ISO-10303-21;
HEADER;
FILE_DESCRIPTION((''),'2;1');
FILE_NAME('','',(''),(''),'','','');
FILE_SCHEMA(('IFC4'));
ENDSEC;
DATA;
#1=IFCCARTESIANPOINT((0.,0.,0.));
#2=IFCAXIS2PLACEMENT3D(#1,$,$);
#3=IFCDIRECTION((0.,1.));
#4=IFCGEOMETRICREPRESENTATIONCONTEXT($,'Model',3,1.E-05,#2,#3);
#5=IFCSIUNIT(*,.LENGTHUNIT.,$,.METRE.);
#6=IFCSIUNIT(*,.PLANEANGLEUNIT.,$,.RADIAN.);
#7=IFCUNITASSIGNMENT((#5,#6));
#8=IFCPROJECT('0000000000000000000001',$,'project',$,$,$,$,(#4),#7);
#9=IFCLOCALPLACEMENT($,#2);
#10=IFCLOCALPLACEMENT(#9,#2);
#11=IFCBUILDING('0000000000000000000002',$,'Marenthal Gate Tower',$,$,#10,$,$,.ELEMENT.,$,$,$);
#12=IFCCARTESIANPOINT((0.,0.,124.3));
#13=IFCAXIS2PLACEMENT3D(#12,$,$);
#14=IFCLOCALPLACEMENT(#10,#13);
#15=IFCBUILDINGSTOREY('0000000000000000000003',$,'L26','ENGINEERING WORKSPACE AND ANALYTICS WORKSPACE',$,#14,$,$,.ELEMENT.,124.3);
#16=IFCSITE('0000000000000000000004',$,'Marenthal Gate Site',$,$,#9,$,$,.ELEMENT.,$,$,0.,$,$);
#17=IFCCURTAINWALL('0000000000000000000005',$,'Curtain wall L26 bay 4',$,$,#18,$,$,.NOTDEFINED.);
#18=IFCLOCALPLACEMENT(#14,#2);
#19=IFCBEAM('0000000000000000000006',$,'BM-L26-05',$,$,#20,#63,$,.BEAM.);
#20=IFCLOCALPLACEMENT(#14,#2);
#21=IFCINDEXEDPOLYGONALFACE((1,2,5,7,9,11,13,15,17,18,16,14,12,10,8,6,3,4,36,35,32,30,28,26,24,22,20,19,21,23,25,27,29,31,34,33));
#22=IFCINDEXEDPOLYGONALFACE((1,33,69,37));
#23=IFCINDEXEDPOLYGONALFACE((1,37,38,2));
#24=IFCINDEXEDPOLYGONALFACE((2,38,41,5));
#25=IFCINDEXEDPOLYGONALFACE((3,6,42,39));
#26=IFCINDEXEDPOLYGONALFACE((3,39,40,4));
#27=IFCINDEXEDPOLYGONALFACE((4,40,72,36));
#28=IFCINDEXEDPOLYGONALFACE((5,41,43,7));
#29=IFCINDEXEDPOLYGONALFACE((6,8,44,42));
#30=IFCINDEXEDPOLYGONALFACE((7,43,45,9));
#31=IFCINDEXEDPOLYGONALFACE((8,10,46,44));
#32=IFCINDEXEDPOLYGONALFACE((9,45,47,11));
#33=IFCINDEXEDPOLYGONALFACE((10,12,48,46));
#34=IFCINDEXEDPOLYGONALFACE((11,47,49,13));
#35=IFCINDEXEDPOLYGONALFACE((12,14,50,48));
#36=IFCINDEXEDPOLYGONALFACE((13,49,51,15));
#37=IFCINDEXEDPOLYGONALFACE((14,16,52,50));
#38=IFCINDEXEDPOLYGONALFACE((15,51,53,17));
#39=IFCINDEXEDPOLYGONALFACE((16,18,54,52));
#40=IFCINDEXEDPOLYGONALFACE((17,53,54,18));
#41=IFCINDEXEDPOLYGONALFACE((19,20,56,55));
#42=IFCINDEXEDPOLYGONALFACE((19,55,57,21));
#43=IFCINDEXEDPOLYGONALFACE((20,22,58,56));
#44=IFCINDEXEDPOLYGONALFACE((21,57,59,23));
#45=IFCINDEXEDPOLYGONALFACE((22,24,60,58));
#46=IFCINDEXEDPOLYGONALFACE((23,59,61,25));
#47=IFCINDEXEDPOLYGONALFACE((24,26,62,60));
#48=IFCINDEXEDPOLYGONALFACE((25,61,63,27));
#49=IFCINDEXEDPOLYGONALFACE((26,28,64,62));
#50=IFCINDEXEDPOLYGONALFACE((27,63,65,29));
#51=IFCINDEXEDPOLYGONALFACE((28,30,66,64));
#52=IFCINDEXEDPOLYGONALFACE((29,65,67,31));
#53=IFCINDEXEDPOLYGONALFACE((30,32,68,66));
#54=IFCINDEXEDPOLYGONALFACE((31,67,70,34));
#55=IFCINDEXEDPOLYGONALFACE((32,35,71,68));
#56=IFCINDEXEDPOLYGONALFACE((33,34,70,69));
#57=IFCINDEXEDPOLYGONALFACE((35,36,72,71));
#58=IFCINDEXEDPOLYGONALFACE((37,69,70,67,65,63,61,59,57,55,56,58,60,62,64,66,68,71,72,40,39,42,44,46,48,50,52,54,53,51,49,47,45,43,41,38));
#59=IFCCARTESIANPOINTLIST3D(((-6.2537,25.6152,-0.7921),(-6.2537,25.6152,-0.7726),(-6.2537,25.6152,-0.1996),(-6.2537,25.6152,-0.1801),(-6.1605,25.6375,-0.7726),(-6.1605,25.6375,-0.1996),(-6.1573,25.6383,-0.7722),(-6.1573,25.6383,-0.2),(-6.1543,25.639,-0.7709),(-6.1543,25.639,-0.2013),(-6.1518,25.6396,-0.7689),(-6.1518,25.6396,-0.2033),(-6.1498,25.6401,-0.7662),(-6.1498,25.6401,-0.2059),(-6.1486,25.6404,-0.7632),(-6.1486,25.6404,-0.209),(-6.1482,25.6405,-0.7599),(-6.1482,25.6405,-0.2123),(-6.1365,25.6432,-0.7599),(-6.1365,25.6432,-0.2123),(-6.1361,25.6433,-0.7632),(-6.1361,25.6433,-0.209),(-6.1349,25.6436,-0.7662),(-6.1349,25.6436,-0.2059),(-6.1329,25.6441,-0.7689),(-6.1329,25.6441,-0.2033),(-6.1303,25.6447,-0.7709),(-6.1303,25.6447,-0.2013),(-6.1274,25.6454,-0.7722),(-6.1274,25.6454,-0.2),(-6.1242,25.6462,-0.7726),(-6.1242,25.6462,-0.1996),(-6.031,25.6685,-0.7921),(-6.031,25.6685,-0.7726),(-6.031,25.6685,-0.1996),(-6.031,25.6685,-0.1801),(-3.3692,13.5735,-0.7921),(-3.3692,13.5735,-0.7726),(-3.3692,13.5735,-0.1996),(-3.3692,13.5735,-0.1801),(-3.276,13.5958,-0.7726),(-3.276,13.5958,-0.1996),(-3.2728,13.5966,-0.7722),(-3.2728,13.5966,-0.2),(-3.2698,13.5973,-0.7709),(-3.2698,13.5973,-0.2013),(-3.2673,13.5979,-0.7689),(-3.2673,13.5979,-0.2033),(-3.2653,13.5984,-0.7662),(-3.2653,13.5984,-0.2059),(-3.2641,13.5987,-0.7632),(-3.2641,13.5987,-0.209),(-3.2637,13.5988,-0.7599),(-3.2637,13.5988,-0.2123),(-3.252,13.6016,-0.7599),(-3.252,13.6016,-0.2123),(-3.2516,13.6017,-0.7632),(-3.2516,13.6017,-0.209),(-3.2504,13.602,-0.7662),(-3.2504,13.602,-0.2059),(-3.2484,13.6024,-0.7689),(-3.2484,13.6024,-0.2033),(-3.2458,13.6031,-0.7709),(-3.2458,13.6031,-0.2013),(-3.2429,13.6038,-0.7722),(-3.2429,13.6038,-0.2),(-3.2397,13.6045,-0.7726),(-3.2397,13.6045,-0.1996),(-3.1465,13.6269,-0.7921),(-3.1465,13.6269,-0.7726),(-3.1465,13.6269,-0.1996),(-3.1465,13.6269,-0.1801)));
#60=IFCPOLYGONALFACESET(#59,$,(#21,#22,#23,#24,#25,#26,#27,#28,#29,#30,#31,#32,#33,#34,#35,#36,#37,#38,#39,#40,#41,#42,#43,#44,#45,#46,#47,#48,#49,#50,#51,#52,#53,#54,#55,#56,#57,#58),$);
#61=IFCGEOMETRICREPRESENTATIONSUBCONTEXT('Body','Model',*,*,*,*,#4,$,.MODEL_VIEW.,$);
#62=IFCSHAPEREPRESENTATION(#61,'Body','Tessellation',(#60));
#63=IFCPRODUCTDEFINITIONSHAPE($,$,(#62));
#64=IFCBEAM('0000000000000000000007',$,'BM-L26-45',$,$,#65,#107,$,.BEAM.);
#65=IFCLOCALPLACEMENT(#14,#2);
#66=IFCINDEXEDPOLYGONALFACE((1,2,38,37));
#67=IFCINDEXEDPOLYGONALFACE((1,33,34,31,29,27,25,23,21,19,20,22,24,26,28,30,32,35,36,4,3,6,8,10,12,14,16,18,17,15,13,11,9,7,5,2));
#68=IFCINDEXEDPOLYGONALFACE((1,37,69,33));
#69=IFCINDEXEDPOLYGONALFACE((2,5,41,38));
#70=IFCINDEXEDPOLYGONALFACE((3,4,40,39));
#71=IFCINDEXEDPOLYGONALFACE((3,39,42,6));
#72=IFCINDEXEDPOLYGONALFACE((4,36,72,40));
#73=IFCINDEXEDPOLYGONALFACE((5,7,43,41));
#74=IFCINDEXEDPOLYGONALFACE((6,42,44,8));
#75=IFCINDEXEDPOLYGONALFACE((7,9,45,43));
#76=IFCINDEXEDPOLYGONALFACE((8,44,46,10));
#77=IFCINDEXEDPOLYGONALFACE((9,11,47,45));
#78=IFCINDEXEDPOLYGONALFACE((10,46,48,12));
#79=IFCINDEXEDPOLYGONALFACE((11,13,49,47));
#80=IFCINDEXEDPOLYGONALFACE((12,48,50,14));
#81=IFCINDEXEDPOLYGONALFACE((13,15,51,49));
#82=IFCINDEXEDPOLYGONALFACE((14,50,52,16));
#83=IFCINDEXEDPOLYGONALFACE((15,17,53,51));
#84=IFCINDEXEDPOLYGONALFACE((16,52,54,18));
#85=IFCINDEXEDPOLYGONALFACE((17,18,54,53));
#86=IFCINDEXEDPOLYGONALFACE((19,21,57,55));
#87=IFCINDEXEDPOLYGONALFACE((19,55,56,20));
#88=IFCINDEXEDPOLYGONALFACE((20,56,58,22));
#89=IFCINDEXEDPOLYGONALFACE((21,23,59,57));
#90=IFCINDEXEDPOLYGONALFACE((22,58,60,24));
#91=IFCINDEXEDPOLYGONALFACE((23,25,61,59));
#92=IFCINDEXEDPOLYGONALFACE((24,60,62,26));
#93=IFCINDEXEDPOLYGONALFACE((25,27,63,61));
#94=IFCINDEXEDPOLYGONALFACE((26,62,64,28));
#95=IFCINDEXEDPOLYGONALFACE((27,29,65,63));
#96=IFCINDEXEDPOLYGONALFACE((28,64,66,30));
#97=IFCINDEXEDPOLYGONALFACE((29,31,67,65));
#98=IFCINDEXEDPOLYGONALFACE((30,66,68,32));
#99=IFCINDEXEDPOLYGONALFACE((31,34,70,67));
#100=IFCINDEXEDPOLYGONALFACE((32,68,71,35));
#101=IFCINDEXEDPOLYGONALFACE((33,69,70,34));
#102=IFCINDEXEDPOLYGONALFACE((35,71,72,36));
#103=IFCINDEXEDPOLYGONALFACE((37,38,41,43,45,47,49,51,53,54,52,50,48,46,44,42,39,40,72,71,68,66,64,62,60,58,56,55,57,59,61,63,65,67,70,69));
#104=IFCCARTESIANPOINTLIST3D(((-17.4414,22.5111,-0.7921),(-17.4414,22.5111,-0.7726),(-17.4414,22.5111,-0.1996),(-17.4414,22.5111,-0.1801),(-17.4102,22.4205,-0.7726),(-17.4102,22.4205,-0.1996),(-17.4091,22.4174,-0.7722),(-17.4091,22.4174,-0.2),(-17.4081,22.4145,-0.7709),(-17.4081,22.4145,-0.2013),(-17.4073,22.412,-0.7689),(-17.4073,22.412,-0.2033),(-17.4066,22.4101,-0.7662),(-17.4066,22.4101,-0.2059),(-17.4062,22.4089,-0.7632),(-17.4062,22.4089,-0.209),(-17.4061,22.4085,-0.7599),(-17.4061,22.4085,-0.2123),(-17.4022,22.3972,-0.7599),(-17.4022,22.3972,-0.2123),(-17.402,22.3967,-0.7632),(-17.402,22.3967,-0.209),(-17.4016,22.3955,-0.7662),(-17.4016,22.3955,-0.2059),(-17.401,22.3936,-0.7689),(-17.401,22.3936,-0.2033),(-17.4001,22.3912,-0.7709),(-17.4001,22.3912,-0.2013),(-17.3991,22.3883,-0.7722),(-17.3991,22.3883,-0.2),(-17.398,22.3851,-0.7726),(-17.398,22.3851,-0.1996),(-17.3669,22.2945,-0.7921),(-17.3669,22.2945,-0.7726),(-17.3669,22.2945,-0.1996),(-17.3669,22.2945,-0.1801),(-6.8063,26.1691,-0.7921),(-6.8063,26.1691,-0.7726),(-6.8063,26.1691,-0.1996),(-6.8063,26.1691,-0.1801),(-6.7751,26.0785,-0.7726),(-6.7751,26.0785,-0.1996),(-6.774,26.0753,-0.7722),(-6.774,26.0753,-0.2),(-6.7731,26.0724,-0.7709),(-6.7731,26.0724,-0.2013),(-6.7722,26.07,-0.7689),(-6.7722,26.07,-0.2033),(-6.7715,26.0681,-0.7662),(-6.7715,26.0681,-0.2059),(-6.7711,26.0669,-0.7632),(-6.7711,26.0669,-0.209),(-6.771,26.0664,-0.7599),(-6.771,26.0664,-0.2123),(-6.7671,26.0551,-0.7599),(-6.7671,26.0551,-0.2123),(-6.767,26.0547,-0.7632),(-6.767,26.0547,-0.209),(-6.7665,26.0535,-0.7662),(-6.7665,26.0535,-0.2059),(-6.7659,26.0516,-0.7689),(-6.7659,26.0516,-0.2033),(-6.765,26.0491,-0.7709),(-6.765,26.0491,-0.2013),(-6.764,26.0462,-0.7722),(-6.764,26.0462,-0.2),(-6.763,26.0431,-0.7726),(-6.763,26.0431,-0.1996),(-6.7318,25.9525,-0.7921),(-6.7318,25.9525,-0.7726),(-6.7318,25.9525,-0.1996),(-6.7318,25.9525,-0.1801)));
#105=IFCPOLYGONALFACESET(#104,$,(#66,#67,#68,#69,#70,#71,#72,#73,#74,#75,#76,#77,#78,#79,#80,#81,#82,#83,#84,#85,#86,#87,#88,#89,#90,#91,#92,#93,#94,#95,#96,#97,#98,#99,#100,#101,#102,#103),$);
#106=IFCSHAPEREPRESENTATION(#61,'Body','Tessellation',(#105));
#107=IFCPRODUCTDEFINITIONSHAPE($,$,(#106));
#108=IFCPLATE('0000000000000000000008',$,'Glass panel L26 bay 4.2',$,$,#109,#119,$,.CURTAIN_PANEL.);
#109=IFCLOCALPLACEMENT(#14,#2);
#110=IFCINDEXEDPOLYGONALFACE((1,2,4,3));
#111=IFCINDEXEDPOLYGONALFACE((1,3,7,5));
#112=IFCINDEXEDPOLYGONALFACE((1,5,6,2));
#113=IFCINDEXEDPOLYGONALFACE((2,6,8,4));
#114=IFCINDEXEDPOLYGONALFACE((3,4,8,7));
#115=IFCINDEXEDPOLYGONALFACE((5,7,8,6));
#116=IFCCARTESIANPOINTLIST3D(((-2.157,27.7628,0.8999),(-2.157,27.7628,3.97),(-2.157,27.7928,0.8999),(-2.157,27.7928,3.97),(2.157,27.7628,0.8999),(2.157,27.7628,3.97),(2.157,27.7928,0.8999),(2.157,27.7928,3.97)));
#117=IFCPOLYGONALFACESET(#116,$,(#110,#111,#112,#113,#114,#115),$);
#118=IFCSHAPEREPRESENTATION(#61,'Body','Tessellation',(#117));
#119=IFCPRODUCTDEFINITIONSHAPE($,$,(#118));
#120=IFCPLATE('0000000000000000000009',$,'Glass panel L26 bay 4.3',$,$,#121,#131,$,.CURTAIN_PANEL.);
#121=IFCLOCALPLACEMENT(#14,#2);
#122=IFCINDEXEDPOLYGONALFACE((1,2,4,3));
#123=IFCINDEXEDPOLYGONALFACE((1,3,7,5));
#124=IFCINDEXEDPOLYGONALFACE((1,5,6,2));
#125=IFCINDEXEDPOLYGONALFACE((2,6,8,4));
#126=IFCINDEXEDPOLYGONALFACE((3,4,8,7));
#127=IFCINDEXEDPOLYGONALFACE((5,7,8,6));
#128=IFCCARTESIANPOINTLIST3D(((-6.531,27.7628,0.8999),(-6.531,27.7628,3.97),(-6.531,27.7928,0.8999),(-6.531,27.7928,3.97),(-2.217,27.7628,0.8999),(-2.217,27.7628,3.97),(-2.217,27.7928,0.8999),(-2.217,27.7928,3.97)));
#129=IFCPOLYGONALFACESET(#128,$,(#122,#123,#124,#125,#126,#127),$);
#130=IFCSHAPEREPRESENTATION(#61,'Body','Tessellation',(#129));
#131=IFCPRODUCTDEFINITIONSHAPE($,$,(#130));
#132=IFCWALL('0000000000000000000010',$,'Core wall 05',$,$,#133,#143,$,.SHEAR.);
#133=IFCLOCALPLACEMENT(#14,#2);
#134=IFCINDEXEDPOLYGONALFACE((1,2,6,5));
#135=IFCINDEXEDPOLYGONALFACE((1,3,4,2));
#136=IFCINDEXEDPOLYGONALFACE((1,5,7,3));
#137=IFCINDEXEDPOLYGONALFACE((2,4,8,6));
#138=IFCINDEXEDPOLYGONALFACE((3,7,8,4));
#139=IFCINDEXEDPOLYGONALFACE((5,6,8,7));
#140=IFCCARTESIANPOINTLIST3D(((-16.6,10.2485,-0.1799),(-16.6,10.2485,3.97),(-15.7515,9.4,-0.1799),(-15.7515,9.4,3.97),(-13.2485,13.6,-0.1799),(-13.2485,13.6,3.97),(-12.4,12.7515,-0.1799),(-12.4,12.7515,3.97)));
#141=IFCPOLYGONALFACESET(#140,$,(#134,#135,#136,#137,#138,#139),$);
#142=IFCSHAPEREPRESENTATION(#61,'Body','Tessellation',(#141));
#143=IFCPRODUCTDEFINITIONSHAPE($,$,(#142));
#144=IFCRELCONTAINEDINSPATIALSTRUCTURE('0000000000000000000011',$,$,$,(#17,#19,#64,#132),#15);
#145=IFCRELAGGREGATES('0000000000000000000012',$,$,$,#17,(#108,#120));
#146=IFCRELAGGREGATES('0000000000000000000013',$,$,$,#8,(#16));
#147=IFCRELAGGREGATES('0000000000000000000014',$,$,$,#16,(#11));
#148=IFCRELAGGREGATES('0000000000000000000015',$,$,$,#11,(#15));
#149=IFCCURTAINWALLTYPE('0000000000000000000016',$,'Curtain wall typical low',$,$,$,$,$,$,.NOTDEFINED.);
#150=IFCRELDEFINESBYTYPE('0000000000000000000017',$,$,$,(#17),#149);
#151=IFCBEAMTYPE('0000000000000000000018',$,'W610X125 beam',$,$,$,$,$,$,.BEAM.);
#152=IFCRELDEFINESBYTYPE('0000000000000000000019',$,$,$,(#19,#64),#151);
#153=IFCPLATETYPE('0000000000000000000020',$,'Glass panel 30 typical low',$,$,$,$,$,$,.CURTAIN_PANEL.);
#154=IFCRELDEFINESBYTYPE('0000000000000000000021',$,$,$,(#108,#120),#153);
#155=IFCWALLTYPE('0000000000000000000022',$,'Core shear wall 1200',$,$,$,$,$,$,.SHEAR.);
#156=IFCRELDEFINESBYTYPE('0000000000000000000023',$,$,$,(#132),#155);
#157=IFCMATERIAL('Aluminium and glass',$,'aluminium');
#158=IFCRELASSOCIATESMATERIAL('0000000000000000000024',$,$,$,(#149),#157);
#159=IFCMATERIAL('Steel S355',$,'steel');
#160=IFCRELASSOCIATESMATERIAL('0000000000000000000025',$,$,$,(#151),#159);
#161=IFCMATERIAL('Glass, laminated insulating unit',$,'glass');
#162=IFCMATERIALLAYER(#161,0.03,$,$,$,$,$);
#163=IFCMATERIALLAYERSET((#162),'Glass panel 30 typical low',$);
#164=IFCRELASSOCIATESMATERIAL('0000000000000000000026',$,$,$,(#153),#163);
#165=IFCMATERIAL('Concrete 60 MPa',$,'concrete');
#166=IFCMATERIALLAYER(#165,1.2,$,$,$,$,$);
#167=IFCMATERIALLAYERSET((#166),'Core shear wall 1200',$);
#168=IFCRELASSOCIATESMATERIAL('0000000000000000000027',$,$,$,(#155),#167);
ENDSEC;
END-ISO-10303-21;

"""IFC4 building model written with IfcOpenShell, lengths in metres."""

from ifc_helpers import new_model, si_unit, direction, frame, frame_2d, origin, origin_2d, place, context, subcontext, project, spatial, rectangle, i_section, extrude, material, layer, layer_set, material_profile, profile_set, type_object, element, aggregate, save


model = new_model("IFC4")

# Units and contexts
model_context = context("Model", 3, precision=1e-05, world=origin(), true_north=direction((0.0, 1.0)))
body_context = subcontext(model_context, "Body", "Model", "MODEL_VIEW")
ifc_project = project(units=[si_unit("LENGTHUNIT", "METRE"), si_unit("PLANEANGLEUNIT", "RADIAN")], contexts=[model_context])

# Site, building, storey
site_placement = place(None, origin())
site = spatial("IfcSite", under=ifc_project, at=site_placement, Name="Marenthal Gate Site", CompositionType="ELEMENT", RefElevation=0.0)
building_placement = place(site_placement, origin())
building = spatial("IfcBuilding", under=site, at=building_placement, Name="Marenthal Gate Tower", CompositionType="ELEMENT")
storey_placement = place(building_placement, frame((0.0, 0.0, 124.3)))
storey = spatial("IfcBuildingStorey", under=building, at=storey_placement, Name="L26", Description="ENGINEERING WORKSPACE AND ANALYTICS WORKSPACE", CompositionType="ELEMENT", Elevation=124.3)

# Curtain wall
ifc_material_1 = material(Name="Aluminium and glass", Category="aluminium")
curtain_wall_type = type_object("IfcCurtainWallType", Name="Curtain wall typical low", PredefinedType="NOTDEFINED", material=ifc_material_1)
curtain_wall_placement = place(storey_placement, origin())
curtain_wall = element("IfcCurtainWall", 1, at=curtain_wall_placement, inside=storey, type_object=curtain_wall_type, Name="Curtain wall L26 bay 4", PredefinedType="NOTDEFINED")

# Beams
ifc_material_2 = material(Name="Steel S355", Category="steel")
ifc_material_profile_1 = material_profile(ifc_material_2, i_section(OverallWidth=0.229, OverallDepth=0.6121, WebThickness=0.012, FlangeThickness=0.0195, FilletRadius=0.0127, at=origin_2d()), Name="W610X125")
ifc_profile_set_1 = profile_set([ifc_material_profile_1], Name="Steel S355")
beam_type_1 = type_object("IfcBeamType", Name="W610X125 beam", PredefinedType="BEAM", material=ifc_profile_set_1)
beam_1_placement = place(storey_placement, frame((-6.1423, 25.6418, -0.4861), z_axis=(0.232953, -0.972488, 0.0), x_axis=(0.972488, 0.232953, 0.0)))
element("IfcBeam", 2, at=beam_1_placement, inside=storey, type_object=beam_type_1, Name="BM-L26-05", PredefinedType="BEAM", context=body_context, shape_type="SweptSolid", body=[
    extrude(i_section(OverallWidth=0.229, OverallDepth=0.6121, WebThickness=0.012, FlangeThickness=0.0195, FilletRadius=0.0127, at=origin_2d()), origin(), (0.0, 0.0, 1.0), 12.3823),
])
beam_2_placement = place(storey_placement, frame((-6.769, 26.0608, -0.4861), z_axis=(-0.945627, -0.325253, 0.0), x_axis=(0.325253, -0.945627, 0.0)))
element("IfcBeam", 3, at=beam_2_placement, inside=storey, type_object=beam_type_1, Name="BM-L26-45", PredefinedType="BEAM", context=body_context, shape_type="SweptSolid", body=[
    extrude(i_section(OverallWidth=0.229, OverallDepth=0.6121, WebThickness=0.012, FlangeThickness=0.0195, FilletRadius=0.0127, at=origin_2d()), origin(), (0.0, 0.0, 1.0), 11.2466),
])

# Plates
ifc_material_3 = material(Name="Glass, laminated insulating unit", Category="glass")
ifc_layer_1 = layer(ifc_material_3, 0.03)
ifc_layer_set_1 = layer_set([ifc_layer_1], Name="Glass panel 30 typical low")
plate_type = type_object("IfcPlateType", Name="Glass panel 30 typical low", PredefinedType="CURTAIN_PANEL", material=ifc_layer_set_1)
plate_1_placement = place(storey_placement, frame((0.0, 27.7778, 0.8999), z_axis=(0.0, 0.0, 1.0), x_axis=(-1.0, 0.0, 0.0)))
plate_1 = element("IfcPlate", 4, at=plate_1_placement, type_object=plate_type, Name="Glass panel L26 bay 4.2", PredefinedType="CURTAIN_PANEL", context=body_context, shape_type="SweptSolid", body=[
    extrude(rectangle(XDim=4.314, YDim=0.03, at=origin_2d()), origin(), (0.0, 0.0, 1.0), 3.0701),
])
plate_2_placement = place(storey_placement, frame((-4.374, 27.7778, 0.8999), z_axis=(0.0, 0.0, 1.0), x_axis=(-1.0, 0.0, 0.0)))
plate_2 = element("IfcPlate", 5, at=plate_2_placement, type_object=plate_type, Name="Glass panel L26 bay 4.3", PredefinedType="CURTAIN_PANEL", context=body_context, shape_type="SweptSolid", body=[
    extrude(rectangle(XDim=4.314, YDim=0.03, at=origin_2d()), origin(), (0.0, 0.0, 1.0), 3.0701),
])
aggregate(curtain_wall, [plate_1, plate_2])

# Wall
ifc_material_4 = material(Name="Concrete 60 MPa", Category="concrete")
ifc_layer_2 = layer(ifc_material_4, 1.2)
ifc_layer_set_2 = layer_set([ifc_layer_2], Name="Core shear wall 1200")
wall_type_1 = type_object("IfcWallType", Name="Core shear wall 1200", PredefinedType="SHEAR", material=ifc_layer_set_2)
wall_1_placement = place(storey_placement, frame((-12.8242, 13.1758, -0.1799), z_axis=(0.0, 0.0, 1.0), x_axis=(-0.707107, -0.707107, 0.0)))
element("IfcWall", 6, at=wall_1_placement, inside=storey, type_object=wall_type_1, Name="Core wall 05", PredefinedType="SHEAR", context=body_context, shape_type="SweptSolid", body=[
    extrude(rectangle(XDim=4.7397, YDim=1.2, at=frame_2d((2.3699, 0.0))), origin(), (0.0, 0.0, 1.0), 4.1499),
])

save(model, "model.ifc")
